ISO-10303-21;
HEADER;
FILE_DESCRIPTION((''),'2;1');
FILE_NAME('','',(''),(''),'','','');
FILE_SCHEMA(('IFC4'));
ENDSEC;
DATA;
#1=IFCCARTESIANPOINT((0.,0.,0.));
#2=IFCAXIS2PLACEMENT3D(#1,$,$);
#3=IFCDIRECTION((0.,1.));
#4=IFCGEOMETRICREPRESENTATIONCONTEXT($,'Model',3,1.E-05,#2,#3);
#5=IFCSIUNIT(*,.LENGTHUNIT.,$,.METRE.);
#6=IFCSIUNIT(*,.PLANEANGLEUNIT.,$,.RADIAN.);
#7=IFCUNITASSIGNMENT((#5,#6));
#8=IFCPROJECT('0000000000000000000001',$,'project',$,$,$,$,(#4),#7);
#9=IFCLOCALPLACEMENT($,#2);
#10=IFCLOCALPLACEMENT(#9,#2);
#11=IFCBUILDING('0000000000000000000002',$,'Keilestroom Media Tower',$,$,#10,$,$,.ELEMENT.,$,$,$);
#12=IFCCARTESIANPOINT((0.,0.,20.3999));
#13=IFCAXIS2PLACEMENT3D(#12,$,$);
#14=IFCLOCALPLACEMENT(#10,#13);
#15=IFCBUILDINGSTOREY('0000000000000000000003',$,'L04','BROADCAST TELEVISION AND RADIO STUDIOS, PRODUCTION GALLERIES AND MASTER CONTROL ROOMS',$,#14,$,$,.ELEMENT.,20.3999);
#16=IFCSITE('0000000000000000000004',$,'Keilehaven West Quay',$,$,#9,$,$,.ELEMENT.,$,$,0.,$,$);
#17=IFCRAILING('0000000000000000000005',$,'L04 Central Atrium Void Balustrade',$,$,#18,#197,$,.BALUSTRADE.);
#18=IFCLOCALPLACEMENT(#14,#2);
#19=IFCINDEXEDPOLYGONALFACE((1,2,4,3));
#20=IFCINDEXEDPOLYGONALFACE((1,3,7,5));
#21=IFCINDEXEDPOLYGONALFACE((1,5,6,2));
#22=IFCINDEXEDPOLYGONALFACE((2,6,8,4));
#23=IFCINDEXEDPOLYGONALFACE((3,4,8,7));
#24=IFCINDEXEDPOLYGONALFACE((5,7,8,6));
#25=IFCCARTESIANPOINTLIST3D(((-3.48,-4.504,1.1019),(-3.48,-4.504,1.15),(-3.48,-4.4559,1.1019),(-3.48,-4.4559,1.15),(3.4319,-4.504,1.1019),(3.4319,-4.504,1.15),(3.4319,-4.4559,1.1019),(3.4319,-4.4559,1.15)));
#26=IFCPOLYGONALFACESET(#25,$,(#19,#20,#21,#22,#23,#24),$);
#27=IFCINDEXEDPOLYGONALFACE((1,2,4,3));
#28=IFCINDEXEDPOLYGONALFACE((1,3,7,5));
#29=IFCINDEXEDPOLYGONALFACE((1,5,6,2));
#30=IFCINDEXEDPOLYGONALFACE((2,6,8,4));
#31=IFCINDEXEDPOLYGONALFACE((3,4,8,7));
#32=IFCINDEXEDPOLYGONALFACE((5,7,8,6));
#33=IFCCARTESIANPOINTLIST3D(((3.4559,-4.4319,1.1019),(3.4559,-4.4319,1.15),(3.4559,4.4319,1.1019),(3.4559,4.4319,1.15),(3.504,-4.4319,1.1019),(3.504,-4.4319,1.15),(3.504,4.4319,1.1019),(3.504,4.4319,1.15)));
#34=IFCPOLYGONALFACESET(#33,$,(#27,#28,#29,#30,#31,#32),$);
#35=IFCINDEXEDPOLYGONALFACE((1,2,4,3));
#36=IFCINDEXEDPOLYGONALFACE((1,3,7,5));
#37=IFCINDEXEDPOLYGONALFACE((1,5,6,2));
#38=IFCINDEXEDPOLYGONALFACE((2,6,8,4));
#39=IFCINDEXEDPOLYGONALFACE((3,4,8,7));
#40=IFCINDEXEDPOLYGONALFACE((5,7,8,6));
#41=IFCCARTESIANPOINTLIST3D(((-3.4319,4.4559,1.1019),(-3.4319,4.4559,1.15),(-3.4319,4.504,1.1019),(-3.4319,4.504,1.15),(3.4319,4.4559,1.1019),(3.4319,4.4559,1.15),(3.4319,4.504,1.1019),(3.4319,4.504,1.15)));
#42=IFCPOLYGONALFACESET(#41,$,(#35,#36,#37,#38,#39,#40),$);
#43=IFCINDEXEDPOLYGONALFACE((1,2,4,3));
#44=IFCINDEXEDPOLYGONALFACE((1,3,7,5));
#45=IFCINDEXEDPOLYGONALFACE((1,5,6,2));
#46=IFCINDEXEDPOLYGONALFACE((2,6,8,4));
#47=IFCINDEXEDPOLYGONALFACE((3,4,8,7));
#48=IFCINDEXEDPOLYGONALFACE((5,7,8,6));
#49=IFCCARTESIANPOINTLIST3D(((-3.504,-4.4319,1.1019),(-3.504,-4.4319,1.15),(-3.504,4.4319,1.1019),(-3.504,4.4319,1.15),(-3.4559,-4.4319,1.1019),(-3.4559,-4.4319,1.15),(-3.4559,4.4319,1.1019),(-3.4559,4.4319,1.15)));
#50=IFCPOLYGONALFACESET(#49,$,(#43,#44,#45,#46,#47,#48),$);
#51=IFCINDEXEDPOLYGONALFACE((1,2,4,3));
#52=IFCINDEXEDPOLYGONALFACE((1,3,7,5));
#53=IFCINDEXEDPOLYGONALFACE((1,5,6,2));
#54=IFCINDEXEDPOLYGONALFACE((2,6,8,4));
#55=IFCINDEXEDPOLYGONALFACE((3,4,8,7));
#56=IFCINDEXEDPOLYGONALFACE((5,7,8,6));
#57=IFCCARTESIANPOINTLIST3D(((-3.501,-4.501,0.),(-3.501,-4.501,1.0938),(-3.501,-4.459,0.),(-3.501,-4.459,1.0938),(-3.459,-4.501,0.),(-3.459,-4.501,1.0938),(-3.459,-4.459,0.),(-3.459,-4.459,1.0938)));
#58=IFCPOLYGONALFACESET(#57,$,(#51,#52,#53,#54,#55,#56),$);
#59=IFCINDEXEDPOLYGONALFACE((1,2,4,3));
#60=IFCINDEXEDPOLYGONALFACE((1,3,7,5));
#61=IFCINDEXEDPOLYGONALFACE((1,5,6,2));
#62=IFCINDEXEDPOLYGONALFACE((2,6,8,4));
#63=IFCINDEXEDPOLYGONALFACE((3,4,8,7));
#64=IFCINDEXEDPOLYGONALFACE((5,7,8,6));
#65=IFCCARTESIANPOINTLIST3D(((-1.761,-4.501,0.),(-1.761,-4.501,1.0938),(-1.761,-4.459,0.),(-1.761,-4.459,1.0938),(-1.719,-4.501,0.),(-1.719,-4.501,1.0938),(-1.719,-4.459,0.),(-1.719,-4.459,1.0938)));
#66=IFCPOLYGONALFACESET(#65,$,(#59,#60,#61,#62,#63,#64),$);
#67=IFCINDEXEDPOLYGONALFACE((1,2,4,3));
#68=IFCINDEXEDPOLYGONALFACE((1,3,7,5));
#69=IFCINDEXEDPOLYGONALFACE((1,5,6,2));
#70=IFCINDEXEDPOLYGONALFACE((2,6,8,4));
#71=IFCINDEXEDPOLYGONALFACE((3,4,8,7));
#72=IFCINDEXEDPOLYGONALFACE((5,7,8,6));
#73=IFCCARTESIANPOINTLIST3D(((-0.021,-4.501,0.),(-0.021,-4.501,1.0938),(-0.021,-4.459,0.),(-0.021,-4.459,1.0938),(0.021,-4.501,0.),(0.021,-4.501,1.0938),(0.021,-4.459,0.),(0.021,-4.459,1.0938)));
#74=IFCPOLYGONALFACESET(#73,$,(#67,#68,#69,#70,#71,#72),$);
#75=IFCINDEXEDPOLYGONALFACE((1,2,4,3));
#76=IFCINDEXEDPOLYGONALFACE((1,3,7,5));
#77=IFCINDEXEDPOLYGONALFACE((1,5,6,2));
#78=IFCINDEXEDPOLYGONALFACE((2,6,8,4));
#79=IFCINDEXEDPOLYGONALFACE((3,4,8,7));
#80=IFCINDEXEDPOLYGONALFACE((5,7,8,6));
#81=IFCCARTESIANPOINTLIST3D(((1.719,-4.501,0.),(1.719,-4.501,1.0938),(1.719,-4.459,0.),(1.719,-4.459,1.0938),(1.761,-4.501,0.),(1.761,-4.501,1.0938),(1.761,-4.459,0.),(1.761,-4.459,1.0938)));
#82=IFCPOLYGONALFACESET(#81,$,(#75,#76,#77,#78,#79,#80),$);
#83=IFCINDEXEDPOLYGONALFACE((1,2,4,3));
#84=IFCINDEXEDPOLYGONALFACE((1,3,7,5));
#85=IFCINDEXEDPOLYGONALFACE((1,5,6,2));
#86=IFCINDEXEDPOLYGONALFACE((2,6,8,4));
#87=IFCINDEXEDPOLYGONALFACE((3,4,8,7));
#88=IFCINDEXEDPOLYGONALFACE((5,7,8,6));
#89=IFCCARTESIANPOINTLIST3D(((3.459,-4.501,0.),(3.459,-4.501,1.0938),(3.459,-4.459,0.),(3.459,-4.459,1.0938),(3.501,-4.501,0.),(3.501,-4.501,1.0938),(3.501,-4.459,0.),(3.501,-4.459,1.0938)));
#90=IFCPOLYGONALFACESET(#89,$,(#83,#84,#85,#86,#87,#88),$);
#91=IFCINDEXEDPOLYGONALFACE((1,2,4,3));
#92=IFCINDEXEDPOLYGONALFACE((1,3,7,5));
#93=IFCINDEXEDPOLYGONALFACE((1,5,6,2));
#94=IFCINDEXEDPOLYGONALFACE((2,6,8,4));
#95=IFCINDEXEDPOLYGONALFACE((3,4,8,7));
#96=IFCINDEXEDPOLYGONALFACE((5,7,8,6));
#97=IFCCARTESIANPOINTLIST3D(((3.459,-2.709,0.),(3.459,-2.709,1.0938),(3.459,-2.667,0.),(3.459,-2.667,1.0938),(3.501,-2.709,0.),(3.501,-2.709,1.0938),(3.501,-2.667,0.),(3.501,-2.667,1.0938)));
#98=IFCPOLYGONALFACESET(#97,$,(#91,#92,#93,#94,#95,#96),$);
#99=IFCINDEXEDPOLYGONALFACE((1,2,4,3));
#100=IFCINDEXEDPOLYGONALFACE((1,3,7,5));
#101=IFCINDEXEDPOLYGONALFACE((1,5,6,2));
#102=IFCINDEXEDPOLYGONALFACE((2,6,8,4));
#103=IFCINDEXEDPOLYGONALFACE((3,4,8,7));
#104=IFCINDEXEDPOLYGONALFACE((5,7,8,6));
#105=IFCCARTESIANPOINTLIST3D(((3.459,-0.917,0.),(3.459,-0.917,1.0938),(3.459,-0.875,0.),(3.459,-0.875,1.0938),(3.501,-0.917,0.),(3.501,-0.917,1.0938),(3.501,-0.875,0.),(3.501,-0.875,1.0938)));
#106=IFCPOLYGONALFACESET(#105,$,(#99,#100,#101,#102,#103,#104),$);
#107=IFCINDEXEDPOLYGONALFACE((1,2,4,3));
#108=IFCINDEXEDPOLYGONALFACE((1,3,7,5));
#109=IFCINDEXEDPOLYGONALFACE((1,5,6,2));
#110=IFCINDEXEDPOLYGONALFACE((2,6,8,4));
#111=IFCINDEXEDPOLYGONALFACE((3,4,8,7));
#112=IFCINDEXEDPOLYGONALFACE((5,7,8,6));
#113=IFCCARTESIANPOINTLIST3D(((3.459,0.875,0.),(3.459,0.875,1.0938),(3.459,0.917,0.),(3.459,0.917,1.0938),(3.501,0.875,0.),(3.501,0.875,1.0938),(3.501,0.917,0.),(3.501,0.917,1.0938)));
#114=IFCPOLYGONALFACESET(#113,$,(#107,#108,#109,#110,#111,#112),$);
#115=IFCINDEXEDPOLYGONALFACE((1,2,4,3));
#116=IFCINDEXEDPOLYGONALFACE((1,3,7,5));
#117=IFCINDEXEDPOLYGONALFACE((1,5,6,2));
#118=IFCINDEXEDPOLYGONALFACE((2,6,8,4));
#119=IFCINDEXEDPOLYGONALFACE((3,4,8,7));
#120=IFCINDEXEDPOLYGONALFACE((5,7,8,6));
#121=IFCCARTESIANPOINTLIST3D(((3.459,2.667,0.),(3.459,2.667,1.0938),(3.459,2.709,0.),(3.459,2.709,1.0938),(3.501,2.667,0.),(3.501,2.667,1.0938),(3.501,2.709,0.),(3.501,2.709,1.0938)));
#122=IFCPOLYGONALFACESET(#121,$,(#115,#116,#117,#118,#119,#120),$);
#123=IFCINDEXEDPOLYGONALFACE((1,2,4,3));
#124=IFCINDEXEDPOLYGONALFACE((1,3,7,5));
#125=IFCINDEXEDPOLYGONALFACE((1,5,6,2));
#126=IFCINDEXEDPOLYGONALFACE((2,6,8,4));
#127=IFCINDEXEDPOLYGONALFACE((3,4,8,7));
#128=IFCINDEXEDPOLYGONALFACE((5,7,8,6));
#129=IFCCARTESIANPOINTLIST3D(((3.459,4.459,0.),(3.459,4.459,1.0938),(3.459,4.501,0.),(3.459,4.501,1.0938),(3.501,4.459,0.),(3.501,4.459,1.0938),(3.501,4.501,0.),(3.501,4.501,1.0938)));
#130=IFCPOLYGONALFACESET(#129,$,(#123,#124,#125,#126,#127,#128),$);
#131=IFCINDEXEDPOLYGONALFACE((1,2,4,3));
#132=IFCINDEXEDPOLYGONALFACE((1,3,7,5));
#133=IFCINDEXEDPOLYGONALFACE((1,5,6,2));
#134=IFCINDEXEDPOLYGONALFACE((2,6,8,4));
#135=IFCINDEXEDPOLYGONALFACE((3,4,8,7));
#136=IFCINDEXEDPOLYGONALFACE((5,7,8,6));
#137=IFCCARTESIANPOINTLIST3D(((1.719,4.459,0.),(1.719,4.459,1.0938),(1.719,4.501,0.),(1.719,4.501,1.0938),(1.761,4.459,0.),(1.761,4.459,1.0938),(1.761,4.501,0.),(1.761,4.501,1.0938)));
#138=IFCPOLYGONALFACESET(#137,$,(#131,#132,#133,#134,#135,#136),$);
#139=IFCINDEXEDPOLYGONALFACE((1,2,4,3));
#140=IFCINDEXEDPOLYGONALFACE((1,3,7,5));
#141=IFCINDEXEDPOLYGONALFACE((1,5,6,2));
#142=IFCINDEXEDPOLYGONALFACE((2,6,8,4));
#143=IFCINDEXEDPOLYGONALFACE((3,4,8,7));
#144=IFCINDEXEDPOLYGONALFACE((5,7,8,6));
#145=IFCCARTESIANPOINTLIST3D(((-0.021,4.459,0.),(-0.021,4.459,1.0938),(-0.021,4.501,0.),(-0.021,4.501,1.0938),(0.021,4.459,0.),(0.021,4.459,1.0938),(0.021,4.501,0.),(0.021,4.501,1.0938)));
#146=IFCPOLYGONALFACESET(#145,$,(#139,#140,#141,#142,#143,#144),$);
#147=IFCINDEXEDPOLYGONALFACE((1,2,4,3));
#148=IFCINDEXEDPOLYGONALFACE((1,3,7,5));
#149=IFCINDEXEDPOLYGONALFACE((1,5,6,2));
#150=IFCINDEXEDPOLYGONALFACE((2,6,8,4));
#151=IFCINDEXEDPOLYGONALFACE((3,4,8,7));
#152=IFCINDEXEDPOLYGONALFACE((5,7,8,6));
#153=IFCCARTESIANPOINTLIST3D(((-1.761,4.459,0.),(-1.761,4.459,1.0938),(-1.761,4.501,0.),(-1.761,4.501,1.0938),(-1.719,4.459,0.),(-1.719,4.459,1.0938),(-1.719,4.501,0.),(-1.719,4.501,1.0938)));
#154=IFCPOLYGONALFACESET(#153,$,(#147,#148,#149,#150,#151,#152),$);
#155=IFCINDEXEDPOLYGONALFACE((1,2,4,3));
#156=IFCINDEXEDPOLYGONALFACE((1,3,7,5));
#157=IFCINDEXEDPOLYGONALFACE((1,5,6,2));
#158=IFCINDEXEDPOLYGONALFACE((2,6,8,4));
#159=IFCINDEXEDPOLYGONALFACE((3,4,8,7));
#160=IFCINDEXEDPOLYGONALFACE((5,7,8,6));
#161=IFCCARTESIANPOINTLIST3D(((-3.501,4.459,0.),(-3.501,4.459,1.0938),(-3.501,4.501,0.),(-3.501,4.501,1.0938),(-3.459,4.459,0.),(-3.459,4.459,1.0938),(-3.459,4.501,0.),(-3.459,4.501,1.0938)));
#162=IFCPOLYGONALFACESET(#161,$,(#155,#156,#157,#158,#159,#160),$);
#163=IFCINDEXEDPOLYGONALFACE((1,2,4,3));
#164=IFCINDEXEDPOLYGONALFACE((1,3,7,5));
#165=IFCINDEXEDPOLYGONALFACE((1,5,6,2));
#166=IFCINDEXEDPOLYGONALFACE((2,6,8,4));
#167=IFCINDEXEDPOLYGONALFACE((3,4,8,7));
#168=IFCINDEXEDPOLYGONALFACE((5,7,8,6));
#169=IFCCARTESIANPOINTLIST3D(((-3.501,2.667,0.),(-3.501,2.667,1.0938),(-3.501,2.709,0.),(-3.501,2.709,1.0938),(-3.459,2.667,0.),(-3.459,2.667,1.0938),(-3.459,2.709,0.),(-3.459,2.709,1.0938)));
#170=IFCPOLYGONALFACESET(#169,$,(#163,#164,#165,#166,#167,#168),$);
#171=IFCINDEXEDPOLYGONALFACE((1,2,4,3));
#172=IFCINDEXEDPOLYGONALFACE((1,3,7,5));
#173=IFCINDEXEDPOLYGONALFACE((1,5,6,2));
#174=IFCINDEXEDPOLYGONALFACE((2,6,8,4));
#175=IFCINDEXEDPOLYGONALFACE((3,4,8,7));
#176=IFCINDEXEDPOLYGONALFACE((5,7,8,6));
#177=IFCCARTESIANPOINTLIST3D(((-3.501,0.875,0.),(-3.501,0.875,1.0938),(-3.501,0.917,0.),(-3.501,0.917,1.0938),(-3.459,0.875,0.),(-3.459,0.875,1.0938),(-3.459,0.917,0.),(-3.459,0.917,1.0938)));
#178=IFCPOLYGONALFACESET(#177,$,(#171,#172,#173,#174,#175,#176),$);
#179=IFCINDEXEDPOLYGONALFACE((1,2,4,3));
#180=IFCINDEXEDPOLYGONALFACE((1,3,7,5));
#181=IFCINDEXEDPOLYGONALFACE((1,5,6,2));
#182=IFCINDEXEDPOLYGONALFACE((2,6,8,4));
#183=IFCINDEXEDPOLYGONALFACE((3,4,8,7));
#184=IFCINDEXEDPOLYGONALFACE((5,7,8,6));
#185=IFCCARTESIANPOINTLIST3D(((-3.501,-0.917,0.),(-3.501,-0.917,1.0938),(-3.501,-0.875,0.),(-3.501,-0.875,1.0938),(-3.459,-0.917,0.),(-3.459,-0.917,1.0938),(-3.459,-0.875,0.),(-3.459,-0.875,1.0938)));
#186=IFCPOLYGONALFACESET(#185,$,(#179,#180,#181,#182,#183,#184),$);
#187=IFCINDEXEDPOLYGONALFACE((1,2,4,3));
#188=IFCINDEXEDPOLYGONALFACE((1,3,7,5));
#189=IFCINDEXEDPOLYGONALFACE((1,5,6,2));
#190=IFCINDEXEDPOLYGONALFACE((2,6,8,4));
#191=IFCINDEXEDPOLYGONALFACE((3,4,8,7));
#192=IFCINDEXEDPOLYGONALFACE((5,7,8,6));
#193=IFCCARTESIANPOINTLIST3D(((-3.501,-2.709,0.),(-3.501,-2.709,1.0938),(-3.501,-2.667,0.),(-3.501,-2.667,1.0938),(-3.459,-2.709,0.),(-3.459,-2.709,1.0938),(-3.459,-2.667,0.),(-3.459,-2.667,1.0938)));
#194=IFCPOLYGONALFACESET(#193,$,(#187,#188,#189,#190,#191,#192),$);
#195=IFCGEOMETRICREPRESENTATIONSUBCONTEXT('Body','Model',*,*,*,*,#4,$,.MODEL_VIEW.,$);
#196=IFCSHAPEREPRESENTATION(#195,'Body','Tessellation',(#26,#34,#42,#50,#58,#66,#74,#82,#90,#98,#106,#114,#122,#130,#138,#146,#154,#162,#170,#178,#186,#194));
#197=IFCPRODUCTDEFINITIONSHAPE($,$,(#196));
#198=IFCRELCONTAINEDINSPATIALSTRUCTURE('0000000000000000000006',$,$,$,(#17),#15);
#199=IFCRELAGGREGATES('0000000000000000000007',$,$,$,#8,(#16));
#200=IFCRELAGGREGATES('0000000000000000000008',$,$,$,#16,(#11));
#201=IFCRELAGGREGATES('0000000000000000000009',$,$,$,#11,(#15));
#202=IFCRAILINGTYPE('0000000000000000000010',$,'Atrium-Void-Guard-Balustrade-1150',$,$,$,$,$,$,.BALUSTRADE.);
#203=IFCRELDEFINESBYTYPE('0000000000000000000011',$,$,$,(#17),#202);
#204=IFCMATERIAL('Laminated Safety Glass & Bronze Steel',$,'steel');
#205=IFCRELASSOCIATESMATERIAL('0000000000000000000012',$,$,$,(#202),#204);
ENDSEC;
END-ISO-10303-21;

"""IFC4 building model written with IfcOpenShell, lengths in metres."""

from ifc_helpers import new_model, si_unit, direction, frame, origin, origin_2d, place, context, subcontext, project, spatial, rectangle, extrude, material, type_object, element, save


model = new_model("IFC4")

# Units and contexts
model_context = context("Model", 3, precision=1e-05, world=origin(), true_north=direction((0.0, 1.0)))
body_context = subcontext(model_context, "Body", "Model", "MODEL_VIEW")
ifc_project = project(units=[si_unit("LENGTHUNIT", "METRE"), si_unit("PLANEANGLEUNIT", "RADIAN")], contexts=[model_context])

# Site, building, storey
site_placement = place(None, origin())
site = spatial("IfcSite", under=ifc_project, at=site_placement, Name="Keilehaven West Quay", CompositionType="ELEMENT", RefElevation=0.0)
building_placement = place(site_placement, origin())
building = spatial("IfcBuilding", under=site, at=building_placement, Name="Keilestroom Media Tower", CompositionType="ELEMENT")
storey_placement = place(building_placement, frame((0.0, 0.0, 20.3999)))
storey = spatial("IfcBuildingStorey", under=building, at=storey_placement, Name="L04", Description="BROADCAST TELEVISION AND RADIO STUDIOS, PRODUCTION GALLERIES AND MASTER CONTROL ROOMS", CompositionType="ELEMENT", Elevation=20.3999)

# Railing
ifc_material_1 = material(Name="Laminated Safety Glass & Bronze Steel", Category="steel")
railing_type = type_object("IfcRailingType", Name="Atrium-Void-Guard-Balustrade-1150", PredefinedType="BALUSTRADE", material=ifc_material_1)
railing_placement = place(storey_placement, frame((-3.48, -4.48, 0.0)))
element("IfcRailing", 1, at=railing_placement, inside=storey, type_object=railing_type, Name="L04 Central Atrium Void Balustrade", PredefinedType="BALUSTRADE", context=body_context, shape_type="SweptSolid", body=[
    extrude(rectangle(XDim=0.0481, YDim=0.0481, at=origin_2d()), frame((0.0, 0.0, 1.126), z_axis=(1.0, 0.0, 0.0), x_axis=(0.0, 1.0, 0.0)), (0.0, 0.0, 1.0), 6.9119),
    extrude(rectangle(XDim=0.0481, YDim=0.0481, at=origin_2d()), frame((6.96, 0.0481, 1.126), z_axis=(0.0, 1.0, 0.0), x_axis=(-1.0, 0.0, 0.0)), (0.0, 0.0, 1.0), 8.8638),
    extrude(rectangle(XDim=0.0481, YDim=0.0481, at=origin_2d()), frame((6.9119, 8.96, 1.126), z_axis=(-1.0, 0.0, 0.0), x_axis=(0.0, -1.0, 0.0)), (0.0, 0.0, 1.0), 6.8638),
    extrude(rectangle(XDim=0.0481, YDim=0.0481, at=origin_2d()), frame((0.0, 8.9119, 1.126), z_axis=(0.0, -1.0, 0.0), x_axis=(1.0, 0.0, 0.0)), (0.0, 0.0, 1.0), 8.8638),
    extrude(rectangle(XDim=0.042, YDim=0.042, at=origin_2d()), origin(), (0.0, 0.0, 1.0), 1.0938),
    extrude(rectangle(XDim=0.042, YDim=0.042, at=origin_2d()), frame((1.74, 0.0, 0.0)), (0.0, 0.0, 1.0), 1.0938),
    extrude(rectangle(XDim=0.042, YDim=0.042, at=origin_2d()), frame((3.48, 0.0, 0.0)), (0.0, 0.0, 1.0), 1.0938),
    extrude(rectangle(XDim=0.042, YDim=0.042, at=origin_2d()), frame((5.22, 0.0, 0.0)), (0.0, 0.0, 1.0), 1.0938),
    extrude(rectangle(XDim=0.042, YDim=0.042, at=origin_2d()), frame((6.96, 0.0, 0.0)), (0.0, 0.0, 1.0), 1.0938),
    extrude(rectangle(XDim=0.042, YDim=0.042, at=origin_2d()), frame((6.96, 1.792, 0.0)), (0.0, 0.0, 1.0), 1.0938),
    extrude(rectangle(XDim=0.042, YDim=0.042, at=origin_2d()), frame((6.96, 3.584, 0.0)), (0.0, 0.0, 1.0), 1.0938),
    extrude(rectangle(XDim=0.042, YDim=0.042, at=origin_2d()), frame((6.96, 5.376, 0.0)), (0.0, 0.0, 1.0), 1.0938),
    extrude(rectangle(XDim=0.042, YDim=0.042, at=origin_2d()), frame((6.96, 7.168, 0.0)), (0.0, 0.0, 1.0), 1.0938),
    extrude(rectangle(XDim=0.042, YDim=0.042, at=origin_2d()), frame((6.96, 8.96, 0.0)), (0.0, 0.0, 1.0), 1.0938),
    extrude(rectangle(XDim=0.042, YDim=0.042, at=origin_2d()), frame((5.22, 8.96, 0.0)), (0.0, 0.0, 1.0), 1.0938),
    extrude(rectangle(XDim=0.042, YDim=0.042, at=origin_2d()), frame((3.48, 8.96, 0.0)), (0.0, 0.0, 1.0), 1.0938),
    extrude(rectangle(XDim=0.042, YDim=0.042, at=origin_2d()), frame((1.74, 8.96, 0.0)), (0.0, 0.0, 1.0), 1.0938),
    extrude(rectangle(XDim=0.042, YDim=0.042, at=origin_2d()), frame((0.0, 8.96, 0.0)), (0.0, 0.0, 1.0), 1.0938),
    extrude(rectangle(XDim=0.042, YDim=0.042, at=origin_2d()), frame((0.0, 7.168, 0.0)), (0.0, 0.0, 1.0), 1.0938),
    extrude(rectangle(XDim=0.042, YDim=0.042, at=origin_2d()), frame((0.0, 5.376, 0.0)), (0.0, 0.0, 1.0), 1.0938),
    extrude(rectangle(XDim=0.042, YDim=0.042, at=origin_2d()), frame((0.0, 3.584, 0.0)), (0.0, 0.0, 1.0), 1.0938),
    extrude(rectangle(XDim=0.042, YDim=0.042, at=origin_2d()), frame((0.0, 1.792, 0.0)), (0.0, 0.0, 1.0), 1.0938),
])

save(model, "model.ifc")
